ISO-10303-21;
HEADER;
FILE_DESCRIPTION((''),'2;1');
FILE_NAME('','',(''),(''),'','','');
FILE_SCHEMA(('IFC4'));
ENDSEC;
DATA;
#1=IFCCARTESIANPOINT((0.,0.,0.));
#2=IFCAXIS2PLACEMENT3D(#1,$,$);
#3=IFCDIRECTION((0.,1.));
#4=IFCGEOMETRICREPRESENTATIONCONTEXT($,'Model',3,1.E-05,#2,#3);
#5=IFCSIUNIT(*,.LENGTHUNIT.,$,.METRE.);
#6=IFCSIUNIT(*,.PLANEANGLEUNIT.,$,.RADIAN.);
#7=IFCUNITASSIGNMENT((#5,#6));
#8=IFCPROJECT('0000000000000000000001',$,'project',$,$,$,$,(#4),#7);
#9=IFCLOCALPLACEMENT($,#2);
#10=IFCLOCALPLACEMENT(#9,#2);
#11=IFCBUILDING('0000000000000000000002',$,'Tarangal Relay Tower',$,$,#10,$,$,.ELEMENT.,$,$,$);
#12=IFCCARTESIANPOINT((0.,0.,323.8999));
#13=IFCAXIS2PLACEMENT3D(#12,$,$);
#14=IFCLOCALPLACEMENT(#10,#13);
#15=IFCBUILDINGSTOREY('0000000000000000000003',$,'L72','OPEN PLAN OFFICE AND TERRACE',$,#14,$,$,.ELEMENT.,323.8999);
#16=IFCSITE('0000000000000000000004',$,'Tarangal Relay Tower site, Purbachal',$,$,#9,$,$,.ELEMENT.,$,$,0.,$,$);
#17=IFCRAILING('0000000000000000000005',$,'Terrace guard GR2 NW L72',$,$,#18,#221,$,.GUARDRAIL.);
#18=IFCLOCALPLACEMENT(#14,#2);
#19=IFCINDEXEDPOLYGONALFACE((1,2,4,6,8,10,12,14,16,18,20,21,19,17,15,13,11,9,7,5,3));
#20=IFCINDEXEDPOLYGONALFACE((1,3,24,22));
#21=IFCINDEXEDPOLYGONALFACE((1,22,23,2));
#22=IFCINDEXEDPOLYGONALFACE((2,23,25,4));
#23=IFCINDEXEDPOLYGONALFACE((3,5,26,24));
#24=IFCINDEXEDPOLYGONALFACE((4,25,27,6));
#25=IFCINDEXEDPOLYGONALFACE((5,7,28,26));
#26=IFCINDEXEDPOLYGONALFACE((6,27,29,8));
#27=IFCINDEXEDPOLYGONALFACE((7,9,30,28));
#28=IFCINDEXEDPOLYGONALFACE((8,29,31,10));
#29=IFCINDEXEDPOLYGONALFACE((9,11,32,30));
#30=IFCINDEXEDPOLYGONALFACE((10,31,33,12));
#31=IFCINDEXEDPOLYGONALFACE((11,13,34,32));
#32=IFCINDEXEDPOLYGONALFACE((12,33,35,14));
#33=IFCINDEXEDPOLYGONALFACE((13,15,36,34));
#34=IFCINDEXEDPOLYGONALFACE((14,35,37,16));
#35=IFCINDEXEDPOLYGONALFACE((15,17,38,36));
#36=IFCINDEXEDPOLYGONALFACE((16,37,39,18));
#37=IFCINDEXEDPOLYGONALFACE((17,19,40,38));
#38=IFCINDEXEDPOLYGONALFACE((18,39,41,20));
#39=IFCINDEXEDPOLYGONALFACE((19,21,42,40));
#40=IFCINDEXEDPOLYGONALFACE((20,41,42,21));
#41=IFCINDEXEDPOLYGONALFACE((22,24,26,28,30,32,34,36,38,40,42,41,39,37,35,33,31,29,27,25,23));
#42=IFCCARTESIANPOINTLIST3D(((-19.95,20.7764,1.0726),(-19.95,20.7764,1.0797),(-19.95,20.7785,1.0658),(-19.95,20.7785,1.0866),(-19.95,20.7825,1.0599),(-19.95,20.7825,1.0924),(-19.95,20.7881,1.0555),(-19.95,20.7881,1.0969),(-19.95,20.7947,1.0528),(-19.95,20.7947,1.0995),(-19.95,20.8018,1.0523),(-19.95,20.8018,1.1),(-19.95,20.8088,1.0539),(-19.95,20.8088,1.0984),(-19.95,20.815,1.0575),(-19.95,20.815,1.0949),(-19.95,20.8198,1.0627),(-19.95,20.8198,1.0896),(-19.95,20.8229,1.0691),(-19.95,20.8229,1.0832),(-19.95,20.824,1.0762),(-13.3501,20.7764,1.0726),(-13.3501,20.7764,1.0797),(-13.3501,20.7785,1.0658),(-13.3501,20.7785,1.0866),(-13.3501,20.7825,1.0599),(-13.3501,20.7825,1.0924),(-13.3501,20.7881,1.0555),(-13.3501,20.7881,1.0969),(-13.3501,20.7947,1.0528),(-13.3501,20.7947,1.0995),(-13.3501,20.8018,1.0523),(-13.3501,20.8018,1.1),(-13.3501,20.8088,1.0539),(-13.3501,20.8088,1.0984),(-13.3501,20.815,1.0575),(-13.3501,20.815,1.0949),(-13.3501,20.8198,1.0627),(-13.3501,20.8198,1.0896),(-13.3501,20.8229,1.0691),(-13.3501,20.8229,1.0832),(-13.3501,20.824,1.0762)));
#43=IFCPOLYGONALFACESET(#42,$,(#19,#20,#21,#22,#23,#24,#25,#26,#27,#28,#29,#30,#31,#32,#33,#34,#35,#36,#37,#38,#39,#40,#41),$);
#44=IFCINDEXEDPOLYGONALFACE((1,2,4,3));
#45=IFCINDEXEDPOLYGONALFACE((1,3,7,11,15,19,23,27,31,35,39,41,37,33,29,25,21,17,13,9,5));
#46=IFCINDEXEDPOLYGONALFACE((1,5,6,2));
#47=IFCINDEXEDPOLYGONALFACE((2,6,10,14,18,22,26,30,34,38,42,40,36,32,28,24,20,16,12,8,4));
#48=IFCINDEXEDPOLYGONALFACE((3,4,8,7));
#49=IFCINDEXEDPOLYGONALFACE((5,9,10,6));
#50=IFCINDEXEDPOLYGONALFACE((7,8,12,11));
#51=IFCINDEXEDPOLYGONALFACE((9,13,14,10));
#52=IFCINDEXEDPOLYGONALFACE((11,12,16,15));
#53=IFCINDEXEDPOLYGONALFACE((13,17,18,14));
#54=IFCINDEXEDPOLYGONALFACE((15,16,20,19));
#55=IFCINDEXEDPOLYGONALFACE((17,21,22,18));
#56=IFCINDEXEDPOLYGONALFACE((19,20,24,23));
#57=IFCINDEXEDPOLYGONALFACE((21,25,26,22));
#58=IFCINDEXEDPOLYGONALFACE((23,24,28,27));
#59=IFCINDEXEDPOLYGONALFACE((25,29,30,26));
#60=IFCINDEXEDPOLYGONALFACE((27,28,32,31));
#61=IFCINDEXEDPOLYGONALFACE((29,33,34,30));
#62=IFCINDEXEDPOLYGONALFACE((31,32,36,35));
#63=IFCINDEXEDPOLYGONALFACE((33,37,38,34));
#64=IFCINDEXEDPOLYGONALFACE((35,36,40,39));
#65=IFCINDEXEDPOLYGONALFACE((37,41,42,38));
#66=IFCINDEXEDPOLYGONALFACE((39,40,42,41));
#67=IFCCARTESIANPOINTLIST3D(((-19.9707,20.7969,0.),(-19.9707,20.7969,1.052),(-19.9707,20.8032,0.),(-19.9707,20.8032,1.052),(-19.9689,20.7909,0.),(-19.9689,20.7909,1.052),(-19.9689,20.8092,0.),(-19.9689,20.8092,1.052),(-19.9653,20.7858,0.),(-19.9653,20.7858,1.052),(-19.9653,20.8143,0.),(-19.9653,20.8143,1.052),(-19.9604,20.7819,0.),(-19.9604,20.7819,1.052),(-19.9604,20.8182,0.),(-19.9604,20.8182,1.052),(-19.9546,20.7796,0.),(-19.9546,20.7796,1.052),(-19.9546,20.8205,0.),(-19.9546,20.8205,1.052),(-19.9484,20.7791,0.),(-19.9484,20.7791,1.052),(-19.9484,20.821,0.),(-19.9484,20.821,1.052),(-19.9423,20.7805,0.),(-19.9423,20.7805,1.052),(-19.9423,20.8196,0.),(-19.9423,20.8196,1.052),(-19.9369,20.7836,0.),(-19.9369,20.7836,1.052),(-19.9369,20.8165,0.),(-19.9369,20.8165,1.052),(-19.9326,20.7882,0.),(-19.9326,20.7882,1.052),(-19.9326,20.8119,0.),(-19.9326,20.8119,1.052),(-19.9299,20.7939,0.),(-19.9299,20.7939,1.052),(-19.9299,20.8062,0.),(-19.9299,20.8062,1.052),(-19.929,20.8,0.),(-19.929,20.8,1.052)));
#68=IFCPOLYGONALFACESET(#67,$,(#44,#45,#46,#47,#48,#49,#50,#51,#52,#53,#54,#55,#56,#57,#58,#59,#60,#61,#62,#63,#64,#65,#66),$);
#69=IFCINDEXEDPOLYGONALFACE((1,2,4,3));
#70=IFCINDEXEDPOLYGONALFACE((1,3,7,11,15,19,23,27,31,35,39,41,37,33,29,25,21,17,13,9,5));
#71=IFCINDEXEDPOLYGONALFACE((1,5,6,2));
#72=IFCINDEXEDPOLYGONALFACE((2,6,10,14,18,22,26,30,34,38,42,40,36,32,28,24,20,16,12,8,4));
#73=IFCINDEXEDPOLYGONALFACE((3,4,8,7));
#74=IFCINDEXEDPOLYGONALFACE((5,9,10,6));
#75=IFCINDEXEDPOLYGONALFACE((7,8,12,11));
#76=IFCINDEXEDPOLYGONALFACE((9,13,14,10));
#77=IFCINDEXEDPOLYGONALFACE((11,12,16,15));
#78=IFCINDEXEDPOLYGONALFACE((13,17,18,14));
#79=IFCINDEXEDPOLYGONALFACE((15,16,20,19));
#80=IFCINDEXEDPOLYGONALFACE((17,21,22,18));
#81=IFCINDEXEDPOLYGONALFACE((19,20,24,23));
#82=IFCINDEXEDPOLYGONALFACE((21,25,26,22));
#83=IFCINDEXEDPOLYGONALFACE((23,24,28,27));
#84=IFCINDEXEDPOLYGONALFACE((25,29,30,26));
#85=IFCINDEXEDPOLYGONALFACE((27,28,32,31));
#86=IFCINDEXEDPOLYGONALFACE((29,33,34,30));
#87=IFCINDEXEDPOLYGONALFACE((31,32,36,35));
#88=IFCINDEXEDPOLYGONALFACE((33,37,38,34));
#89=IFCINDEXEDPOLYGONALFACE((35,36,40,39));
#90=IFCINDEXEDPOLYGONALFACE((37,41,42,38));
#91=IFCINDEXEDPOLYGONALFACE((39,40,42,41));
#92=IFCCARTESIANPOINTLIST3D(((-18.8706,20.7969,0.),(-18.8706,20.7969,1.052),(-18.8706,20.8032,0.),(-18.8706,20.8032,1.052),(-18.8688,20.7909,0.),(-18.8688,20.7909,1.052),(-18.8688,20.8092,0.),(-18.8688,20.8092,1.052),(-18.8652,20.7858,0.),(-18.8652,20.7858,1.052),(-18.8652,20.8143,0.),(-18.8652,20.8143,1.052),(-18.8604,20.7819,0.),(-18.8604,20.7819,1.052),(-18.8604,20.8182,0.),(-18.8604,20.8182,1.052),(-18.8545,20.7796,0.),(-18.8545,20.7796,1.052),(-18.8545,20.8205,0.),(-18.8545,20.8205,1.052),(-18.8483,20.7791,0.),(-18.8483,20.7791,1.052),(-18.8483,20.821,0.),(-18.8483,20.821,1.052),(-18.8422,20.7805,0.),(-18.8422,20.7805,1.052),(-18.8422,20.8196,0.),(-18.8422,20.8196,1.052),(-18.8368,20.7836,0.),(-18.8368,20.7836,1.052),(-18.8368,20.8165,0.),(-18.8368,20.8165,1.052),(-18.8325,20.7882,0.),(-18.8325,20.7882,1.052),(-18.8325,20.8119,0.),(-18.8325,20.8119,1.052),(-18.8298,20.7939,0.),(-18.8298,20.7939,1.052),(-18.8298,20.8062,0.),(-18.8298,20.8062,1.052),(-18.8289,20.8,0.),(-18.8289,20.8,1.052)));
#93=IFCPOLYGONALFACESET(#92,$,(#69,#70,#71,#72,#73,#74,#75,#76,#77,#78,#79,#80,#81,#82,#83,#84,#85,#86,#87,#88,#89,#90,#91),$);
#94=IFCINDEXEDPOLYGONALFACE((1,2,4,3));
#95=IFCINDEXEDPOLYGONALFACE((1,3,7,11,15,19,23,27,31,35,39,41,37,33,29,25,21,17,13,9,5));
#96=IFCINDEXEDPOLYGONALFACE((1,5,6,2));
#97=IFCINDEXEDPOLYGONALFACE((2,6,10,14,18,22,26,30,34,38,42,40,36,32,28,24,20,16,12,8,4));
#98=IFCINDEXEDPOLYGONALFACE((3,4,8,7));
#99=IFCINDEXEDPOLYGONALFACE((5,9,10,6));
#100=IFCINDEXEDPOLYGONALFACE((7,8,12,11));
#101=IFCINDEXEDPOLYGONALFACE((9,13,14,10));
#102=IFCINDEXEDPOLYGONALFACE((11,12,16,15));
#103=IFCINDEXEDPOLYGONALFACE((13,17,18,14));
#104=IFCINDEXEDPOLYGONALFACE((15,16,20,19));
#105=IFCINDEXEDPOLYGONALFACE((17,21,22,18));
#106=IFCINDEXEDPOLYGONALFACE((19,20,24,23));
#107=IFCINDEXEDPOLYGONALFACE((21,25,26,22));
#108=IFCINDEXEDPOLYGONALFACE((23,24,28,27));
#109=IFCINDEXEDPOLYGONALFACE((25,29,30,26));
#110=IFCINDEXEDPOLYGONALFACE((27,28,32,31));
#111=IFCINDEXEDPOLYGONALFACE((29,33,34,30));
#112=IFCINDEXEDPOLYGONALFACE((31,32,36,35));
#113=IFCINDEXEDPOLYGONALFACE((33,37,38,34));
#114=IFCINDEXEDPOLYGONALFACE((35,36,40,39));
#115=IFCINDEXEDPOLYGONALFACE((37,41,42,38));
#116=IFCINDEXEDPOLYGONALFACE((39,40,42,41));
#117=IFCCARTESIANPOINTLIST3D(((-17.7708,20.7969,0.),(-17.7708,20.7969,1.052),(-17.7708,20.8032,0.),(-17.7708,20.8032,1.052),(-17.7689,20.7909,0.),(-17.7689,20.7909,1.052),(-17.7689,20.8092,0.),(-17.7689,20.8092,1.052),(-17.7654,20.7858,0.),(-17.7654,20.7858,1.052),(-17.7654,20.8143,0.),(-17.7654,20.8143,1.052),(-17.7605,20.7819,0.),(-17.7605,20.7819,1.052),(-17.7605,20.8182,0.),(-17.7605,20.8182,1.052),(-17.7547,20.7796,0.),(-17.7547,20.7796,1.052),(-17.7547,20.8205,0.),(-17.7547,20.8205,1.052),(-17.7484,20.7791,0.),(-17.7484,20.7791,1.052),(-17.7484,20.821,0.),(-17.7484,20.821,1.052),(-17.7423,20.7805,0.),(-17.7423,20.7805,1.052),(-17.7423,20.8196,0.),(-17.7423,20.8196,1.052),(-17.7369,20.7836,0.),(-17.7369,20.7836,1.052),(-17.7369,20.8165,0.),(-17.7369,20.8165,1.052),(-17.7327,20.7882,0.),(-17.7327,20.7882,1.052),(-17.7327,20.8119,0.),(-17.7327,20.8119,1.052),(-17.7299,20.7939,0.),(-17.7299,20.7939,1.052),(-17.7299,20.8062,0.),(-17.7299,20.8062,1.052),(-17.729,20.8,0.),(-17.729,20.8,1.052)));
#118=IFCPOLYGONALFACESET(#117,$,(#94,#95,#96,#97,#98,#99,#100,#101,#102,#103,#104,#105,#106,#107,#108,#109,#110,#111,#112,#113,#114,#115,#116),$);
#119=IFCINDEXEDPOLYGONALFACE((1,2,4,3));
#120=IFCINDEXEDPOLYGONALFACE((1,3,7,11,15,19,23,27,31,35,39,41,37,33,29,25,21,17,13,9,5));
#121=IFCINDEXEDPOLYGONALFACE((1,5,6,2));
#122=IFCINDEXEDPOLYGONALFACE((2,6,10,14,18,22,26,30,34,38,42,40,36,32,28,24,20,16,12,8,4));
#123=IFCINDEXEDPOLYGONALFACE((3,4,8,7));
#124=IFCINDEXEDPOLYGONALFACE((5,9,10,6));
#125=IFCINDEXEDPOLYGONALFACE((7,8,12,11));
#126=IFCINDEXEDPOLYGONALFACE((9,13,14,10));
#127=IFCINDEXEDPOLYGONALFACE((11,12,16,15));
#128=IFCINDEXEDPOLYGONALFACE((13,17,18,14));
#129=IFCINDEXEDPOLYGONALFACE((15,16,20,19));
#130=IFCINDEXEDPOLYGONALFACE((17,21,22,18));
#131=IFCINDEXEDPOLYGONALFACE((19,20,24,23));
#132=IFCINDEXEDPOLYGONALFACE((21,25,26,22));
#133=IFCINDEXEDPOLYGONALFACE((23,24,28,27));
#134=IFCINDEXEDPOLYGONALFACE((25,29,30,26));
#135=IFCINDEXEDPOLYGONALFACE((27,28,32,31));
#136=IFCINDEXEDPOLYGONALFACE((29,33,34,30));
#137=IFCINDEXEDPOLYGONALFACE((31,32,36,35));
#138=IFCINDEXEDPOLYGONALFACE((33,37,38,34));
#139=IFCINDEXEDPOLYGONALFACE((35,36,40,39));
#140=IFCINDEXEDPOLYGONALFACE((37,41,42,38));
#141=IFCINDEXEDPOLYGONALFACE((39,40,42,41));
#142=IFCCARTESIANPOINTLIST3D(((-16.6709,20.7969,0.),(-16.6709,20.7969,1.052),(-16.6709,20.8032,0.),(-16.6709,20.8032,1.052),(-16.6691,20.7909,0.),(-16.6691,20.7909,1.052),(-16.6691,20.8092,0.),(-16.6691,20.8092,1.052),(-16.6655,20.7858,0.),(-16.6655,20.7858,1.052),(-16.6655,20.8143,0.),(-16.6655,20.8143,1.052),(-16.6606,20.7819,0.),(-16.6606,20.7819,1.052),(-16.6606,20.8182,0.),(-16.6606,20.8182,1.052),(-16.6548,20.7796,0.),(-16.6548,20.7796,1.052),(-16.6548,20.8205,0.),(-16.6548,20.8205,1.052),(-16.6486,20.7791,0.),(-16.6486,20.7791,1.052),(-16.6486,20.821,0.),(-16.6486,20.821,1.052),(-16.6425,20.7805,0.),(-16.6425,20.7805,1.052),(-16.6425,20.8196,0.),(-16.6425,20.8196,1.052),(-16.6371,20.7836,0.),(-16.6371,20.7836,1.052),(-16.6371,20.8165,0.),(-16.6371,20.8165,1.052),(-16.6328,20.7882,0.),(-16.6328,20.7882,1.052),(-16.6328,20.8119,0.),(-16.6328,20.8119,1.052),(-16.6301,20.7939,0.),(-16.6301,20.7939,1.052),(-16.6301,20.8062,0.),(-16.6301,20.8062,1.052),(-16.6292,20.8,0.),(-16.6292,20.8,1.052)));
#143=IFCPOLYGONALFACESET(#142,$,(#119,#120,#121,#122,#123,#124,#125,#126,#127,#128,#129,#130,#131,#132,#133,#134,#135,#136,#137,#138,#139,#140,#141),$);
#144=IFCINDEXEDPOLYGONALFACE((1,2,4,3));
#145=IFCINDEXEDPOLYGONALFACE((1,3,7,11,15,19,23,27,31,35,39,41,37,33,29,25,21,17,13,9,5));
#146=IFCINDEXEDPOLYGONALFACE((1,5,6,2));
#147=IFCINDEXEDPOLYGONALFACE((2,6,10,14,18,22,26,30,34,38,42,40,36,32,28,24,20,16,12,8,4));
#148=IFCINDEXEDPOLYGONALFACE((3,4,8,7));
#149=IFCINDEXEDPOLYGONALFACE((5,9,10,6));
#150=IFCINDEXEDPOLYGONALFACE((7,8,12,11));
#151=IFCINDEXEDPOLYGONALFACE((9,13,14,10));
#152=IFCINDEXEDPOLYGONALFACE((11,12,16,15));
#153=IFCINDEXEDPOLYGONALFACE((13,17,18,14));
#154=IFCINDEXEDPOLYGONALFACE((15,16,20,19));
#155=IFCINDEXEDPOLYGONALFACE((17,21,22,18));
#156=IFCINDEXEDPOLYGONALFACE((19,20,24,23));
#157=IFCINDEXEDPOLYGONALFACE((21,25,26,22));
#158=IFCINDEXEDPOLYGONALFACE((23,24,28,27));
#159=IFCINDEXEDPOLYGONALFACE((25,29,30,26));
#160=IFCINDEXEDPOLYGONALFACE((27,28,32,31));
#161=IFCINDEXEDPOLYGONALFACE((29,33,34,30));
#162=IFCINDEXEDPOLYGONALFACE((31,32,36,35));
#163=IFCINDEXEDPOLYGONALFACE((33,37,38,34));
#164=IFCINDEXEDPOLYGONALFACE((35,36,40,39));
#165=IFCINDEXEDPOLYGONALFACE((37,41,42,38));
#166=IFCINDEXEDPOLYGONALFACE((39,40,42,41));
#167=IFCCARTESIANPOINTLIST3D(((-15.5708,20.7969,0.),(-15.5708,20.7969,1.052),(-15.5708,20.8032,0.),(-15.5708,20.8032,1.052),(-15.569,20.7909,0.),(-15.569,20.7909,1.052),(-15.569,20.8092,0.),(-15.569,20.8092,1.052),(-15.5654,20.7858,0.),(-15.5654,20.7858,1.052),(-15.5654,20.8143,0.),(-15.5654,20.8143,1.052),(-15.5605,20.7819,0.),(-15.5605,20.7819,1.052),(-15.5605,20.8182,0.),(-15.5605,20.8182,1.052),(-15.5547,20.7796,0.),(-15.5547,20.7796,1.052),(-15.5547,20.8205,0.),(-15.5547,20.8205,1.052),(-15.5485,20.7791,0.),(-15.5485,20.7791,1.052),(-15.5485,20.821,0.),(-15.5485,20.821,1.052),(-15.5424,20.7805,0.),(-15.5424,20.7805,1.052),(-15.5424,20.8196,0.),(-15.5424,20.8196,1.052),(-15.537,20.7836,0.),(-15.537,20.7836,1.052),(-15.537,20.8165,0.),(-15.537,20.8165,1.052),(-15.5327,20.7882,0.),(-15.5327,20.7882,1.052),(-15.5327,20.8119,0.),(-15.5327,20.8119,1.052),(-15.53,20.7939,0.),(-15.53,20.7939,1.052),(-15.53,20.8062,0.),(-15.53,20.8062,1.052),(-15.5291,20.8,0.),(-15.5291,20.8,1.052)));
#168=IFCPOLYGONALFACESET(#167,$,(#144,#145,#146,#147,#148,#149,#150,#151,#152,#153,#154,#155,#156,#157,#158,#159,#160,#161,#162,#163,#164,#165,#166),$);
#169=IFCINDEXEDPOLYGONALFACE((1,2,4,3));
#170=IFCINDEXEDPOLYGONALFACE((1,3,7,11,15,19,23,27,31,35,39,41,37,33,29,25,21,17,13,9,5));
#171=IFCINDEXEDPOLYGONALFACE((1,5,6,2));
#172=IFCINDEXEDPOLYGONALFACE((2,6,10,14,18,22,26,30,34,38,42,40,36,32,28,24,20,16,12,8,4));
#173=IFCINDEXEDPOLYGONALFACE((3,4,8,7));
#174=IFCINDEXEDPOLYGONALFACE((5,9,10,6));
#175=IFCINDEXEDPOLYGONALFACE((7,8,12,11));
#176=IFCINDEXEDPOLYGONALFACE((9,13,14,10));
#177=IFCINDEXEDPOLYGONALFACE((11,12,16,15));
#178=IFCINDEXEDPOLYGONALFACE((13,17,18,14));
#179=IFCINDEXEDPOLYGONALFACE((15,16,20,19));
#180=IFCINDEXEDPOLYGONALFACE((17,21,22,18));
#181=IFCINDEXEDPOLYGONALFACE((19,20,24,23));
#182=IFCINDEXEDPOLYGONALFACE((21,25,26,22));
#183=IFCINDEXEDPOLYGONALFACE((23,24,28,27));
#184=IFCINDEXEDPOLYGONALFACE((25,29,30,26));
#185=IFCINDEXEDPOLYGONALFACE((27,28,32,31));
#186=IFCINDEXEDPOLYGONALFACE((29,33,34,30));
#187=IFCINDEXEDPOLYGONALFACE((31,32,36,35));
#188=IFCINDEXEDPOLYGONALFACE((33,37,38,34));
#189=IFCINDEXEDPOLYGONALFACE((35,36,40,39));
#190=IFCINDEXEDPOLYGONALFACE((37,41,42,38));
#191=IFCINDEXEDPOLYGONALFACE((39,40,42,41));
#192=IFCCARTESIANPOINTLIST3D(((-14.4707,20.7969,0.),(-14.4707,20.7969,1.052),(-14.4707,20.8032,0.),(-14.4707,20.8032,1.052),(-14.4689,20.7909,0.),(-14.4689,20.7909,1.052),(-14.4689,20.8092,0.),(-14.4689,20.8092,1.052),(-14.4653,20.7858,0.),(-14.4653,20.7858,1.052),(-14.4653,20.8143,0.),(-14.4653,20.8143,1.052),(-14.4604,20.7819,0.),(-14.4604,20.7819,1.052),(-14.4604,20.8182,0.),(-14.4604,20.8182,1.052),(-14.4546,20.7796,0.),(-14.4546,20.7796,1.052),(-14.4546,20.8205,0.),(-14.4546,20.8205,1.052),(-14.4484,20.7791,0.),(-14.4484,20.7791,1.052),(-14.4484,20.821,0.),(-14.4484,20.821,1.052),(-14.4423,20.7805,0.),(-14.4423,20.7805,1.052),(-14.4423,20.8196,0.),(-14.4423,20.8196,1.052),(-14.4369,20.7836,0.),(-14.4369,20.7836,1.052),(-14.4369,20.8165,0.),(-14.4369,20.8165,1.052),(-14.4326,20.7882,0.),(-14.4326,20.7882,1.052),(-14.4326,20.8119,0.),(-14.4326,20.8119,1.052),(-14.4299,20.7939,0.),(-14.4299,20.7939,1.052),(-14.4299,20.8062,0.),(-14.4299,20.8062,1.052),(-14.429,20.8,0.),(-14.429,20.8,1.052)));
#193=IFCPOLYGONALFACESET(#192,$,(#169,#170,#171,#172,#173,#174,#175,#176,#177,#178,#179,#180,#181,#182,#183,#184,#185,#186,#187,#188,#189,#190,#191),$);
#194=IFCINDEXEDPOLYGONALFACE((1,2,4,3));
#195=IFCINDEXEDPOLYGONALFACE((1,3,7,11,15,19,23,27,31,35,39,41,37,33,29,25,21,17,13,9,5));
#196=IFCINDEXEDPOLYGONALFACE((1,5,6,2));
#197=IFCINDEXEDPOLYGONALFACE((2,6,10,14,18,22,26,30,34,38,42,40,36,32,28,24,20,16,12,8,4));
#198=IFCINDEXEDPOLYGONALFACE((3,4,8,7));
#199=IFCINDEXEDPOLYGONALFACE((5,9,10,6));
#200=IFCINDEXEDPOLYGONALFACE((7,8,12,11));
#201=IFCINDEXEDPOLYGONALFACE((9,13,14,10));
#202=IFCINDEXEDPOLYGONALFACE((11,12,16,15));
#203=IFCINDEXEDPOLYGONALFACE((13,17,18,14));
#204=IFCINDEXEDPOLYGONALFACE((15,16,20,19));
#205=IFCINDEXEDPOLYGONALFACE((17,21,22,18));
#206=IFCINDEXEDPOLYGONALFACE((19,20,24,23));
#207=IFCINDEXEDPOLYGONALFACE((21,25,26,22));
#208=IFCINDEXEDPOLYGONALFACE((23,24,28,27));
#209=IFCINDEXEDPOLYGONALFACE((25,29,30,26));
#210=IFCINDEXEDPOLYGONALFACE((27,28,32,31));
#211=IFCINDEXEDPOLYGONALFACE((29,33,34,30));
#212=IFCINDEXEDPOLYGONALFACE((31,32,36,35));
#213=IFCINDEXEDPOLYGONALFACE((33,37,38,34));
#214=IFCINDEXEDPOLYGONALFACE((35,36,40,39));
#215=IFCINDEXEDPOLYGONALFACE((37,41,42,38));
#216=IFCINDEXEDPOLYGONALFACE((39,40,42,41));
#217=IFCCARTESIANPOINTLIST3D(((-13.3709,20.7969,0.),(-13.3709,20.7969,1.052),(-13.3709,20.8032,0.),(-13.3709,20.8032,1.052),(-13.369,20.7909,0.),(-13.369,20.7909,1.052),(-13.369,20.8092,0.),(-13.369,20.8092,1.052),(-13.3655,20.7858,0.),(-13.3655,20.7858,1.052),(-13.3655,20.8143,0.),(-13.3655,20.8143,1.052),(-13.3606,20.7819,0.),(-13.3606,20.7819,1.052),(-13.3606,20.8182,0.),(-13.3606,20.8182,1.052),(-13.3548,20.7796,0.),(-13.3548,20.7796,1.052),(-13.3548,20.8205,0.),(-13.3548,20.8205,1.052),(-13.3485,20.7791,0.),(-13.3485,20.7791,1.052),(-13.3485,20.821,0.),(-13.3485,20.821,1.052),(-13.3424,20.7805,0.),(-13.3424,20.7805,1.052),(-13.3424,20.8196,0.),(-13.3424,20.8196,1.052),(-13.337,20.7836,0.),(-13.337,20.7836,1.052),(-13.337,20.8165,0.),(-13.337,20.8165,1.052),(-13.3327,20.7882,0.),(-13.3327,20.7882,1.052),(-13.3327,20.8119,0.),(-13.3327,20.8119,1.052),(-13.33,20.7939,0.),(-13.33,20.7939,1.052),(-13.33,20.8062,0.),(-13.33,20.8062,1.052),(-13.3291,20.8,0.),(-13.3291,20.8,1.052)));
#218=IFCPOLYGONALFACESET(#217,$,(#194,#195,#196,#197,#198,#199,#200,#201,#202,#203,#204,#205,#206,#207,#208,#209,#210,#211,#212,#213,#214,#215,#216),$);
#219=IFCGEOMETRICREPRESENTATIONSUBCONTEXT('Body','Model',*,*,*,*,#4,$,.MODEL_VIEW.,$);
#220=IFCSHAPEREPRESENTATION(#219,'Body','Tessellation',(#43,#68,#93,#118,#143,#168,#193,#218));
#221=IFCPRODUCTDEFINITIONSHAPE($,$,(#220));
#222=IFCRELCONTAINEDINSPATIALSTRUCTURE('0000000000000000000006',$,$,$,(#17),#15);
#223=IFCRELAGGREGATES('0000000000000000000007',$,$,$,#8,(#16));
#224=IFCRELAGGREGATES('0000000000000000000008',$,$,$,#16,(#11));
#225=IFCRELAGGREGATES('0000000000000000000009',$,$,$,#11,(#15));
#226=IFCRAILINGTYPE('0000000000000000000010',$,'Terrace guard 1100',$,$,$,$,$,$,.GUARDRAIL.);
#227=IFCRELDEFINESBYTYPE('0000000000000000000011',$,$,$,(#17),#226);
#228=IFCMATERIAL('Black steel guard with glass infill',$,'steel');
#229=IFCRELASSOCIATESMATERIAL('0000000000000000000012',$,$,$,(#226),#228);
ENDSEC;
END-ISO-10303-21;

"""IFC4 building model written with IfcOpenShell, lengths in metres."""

from ifc_helpers import new_model, si_unit, direction, frame, origin, origin_2d, place, context, subcontext, project, spatial, circle, extrude, material, type_object, element, save


model = new_model("IFC4")

# Units and contexts
model_context = context("Model", 3, precision=1e-05, world=origin(), true_north=direction((0.0, 1.0)))
body_context = subcontext(model_context, "Body", "Model", "MODEL_VIEW")
ifc_project = project(units=[si_unit("LENGTHUNIT", "METRE"), si_unit("PLANEANGLEUNIT", "RADIAN")], contexts=[model_context])

# Site, building, storey
site_placement = place(None, origin())
site = spatial("IfcSite", under=ifc_project, at=site_placement, Name="Tarangal Relay Tower site, Purbachal", CompositionType="ELEMENT", RefElevation=0.0)
building_placement = place(site_placement, origin())
building = spatial("IfcBuilding", under=site, at=building_placement, Name="Tarangal Relay Tower", CompositionType="ELEMENT")
storey_placement = place(building_placement, frame((0.0, 0.0, 323.8999)))
storey = spatial("IfcBuildingStorey", under=building, at=storey_placement, Name="L72", Description="OPEN PLAN OFFICE AND TERRACE", CompositionType="ELEMENT", Elevation=323.8999)

# Railing
ifc_material_1 = material(Name="Black steel guard with glass infill", Category="steel")
railing_type = type_object("IfcRailingType", Name="Terrace guard 1100", PredefinedType="GUARDRAIL", material=ifc_material_1)
railing_1_placement = place(storey_placement, frame((-19.95, 20.8, 0.0)))
element("IfcRailing", 1, at=railing_1_placement, inside=storey, type_object=railing_type, Name="Terrace guard GR2 NW L72", PredefinedType="GUARDRAIL", context=body_context, shape_type="SweptSolid", body=[
    extrude(circle(Radius=0.0239, at=origin_2d()), frame((0.0, 0.0, 1.0762), z_axis=(1.0, 0.0, 0.0), x_axis=(0.0, 1.0, 0.0)), (0.0, 0.0, 1.0), 6.5999),
    extrude(circle(Radius=0.021, at=origin_2d()), origin(), (0.0, 0.0, 1.0), 1.052),
    extrude(circle(Radius=0.021, at=origin_2d()), frame((1.1001, 0.0, 0.0)), (0.0, 0.0, 1.0), 1.052),
    extrude(circle(Radius=0.021, at=origin_2d()), frame((2.2, 0.0, 0.0)), (0.0, 0.0, 1.0), 1.052),
    extrude(circle(Radius=0.021, at=origin_2d()), frame((3.2998, 0.0, 0.0)), (0.0, 0.0, 1.0), 1.052),
    extrude(circle(Radius=0.021, at=origin_2d()), frame((4.3999, 0.0, 0.0)), (0.0, 0.0, 1.0), 1.052),
    extrude(circle(Radius=0.021, at=origin_2d()), frame((5.5, 0.0, 0.0)), (0.0, 0.0, 1.0), 1.052),
    extrude(circle(Radius=0.021, at=origin_2d()), frame((6.5999, 0.0, 0.0)), (0.0, 0.0, 1.0), 1.052),
])

save(model, "model.ifc")
